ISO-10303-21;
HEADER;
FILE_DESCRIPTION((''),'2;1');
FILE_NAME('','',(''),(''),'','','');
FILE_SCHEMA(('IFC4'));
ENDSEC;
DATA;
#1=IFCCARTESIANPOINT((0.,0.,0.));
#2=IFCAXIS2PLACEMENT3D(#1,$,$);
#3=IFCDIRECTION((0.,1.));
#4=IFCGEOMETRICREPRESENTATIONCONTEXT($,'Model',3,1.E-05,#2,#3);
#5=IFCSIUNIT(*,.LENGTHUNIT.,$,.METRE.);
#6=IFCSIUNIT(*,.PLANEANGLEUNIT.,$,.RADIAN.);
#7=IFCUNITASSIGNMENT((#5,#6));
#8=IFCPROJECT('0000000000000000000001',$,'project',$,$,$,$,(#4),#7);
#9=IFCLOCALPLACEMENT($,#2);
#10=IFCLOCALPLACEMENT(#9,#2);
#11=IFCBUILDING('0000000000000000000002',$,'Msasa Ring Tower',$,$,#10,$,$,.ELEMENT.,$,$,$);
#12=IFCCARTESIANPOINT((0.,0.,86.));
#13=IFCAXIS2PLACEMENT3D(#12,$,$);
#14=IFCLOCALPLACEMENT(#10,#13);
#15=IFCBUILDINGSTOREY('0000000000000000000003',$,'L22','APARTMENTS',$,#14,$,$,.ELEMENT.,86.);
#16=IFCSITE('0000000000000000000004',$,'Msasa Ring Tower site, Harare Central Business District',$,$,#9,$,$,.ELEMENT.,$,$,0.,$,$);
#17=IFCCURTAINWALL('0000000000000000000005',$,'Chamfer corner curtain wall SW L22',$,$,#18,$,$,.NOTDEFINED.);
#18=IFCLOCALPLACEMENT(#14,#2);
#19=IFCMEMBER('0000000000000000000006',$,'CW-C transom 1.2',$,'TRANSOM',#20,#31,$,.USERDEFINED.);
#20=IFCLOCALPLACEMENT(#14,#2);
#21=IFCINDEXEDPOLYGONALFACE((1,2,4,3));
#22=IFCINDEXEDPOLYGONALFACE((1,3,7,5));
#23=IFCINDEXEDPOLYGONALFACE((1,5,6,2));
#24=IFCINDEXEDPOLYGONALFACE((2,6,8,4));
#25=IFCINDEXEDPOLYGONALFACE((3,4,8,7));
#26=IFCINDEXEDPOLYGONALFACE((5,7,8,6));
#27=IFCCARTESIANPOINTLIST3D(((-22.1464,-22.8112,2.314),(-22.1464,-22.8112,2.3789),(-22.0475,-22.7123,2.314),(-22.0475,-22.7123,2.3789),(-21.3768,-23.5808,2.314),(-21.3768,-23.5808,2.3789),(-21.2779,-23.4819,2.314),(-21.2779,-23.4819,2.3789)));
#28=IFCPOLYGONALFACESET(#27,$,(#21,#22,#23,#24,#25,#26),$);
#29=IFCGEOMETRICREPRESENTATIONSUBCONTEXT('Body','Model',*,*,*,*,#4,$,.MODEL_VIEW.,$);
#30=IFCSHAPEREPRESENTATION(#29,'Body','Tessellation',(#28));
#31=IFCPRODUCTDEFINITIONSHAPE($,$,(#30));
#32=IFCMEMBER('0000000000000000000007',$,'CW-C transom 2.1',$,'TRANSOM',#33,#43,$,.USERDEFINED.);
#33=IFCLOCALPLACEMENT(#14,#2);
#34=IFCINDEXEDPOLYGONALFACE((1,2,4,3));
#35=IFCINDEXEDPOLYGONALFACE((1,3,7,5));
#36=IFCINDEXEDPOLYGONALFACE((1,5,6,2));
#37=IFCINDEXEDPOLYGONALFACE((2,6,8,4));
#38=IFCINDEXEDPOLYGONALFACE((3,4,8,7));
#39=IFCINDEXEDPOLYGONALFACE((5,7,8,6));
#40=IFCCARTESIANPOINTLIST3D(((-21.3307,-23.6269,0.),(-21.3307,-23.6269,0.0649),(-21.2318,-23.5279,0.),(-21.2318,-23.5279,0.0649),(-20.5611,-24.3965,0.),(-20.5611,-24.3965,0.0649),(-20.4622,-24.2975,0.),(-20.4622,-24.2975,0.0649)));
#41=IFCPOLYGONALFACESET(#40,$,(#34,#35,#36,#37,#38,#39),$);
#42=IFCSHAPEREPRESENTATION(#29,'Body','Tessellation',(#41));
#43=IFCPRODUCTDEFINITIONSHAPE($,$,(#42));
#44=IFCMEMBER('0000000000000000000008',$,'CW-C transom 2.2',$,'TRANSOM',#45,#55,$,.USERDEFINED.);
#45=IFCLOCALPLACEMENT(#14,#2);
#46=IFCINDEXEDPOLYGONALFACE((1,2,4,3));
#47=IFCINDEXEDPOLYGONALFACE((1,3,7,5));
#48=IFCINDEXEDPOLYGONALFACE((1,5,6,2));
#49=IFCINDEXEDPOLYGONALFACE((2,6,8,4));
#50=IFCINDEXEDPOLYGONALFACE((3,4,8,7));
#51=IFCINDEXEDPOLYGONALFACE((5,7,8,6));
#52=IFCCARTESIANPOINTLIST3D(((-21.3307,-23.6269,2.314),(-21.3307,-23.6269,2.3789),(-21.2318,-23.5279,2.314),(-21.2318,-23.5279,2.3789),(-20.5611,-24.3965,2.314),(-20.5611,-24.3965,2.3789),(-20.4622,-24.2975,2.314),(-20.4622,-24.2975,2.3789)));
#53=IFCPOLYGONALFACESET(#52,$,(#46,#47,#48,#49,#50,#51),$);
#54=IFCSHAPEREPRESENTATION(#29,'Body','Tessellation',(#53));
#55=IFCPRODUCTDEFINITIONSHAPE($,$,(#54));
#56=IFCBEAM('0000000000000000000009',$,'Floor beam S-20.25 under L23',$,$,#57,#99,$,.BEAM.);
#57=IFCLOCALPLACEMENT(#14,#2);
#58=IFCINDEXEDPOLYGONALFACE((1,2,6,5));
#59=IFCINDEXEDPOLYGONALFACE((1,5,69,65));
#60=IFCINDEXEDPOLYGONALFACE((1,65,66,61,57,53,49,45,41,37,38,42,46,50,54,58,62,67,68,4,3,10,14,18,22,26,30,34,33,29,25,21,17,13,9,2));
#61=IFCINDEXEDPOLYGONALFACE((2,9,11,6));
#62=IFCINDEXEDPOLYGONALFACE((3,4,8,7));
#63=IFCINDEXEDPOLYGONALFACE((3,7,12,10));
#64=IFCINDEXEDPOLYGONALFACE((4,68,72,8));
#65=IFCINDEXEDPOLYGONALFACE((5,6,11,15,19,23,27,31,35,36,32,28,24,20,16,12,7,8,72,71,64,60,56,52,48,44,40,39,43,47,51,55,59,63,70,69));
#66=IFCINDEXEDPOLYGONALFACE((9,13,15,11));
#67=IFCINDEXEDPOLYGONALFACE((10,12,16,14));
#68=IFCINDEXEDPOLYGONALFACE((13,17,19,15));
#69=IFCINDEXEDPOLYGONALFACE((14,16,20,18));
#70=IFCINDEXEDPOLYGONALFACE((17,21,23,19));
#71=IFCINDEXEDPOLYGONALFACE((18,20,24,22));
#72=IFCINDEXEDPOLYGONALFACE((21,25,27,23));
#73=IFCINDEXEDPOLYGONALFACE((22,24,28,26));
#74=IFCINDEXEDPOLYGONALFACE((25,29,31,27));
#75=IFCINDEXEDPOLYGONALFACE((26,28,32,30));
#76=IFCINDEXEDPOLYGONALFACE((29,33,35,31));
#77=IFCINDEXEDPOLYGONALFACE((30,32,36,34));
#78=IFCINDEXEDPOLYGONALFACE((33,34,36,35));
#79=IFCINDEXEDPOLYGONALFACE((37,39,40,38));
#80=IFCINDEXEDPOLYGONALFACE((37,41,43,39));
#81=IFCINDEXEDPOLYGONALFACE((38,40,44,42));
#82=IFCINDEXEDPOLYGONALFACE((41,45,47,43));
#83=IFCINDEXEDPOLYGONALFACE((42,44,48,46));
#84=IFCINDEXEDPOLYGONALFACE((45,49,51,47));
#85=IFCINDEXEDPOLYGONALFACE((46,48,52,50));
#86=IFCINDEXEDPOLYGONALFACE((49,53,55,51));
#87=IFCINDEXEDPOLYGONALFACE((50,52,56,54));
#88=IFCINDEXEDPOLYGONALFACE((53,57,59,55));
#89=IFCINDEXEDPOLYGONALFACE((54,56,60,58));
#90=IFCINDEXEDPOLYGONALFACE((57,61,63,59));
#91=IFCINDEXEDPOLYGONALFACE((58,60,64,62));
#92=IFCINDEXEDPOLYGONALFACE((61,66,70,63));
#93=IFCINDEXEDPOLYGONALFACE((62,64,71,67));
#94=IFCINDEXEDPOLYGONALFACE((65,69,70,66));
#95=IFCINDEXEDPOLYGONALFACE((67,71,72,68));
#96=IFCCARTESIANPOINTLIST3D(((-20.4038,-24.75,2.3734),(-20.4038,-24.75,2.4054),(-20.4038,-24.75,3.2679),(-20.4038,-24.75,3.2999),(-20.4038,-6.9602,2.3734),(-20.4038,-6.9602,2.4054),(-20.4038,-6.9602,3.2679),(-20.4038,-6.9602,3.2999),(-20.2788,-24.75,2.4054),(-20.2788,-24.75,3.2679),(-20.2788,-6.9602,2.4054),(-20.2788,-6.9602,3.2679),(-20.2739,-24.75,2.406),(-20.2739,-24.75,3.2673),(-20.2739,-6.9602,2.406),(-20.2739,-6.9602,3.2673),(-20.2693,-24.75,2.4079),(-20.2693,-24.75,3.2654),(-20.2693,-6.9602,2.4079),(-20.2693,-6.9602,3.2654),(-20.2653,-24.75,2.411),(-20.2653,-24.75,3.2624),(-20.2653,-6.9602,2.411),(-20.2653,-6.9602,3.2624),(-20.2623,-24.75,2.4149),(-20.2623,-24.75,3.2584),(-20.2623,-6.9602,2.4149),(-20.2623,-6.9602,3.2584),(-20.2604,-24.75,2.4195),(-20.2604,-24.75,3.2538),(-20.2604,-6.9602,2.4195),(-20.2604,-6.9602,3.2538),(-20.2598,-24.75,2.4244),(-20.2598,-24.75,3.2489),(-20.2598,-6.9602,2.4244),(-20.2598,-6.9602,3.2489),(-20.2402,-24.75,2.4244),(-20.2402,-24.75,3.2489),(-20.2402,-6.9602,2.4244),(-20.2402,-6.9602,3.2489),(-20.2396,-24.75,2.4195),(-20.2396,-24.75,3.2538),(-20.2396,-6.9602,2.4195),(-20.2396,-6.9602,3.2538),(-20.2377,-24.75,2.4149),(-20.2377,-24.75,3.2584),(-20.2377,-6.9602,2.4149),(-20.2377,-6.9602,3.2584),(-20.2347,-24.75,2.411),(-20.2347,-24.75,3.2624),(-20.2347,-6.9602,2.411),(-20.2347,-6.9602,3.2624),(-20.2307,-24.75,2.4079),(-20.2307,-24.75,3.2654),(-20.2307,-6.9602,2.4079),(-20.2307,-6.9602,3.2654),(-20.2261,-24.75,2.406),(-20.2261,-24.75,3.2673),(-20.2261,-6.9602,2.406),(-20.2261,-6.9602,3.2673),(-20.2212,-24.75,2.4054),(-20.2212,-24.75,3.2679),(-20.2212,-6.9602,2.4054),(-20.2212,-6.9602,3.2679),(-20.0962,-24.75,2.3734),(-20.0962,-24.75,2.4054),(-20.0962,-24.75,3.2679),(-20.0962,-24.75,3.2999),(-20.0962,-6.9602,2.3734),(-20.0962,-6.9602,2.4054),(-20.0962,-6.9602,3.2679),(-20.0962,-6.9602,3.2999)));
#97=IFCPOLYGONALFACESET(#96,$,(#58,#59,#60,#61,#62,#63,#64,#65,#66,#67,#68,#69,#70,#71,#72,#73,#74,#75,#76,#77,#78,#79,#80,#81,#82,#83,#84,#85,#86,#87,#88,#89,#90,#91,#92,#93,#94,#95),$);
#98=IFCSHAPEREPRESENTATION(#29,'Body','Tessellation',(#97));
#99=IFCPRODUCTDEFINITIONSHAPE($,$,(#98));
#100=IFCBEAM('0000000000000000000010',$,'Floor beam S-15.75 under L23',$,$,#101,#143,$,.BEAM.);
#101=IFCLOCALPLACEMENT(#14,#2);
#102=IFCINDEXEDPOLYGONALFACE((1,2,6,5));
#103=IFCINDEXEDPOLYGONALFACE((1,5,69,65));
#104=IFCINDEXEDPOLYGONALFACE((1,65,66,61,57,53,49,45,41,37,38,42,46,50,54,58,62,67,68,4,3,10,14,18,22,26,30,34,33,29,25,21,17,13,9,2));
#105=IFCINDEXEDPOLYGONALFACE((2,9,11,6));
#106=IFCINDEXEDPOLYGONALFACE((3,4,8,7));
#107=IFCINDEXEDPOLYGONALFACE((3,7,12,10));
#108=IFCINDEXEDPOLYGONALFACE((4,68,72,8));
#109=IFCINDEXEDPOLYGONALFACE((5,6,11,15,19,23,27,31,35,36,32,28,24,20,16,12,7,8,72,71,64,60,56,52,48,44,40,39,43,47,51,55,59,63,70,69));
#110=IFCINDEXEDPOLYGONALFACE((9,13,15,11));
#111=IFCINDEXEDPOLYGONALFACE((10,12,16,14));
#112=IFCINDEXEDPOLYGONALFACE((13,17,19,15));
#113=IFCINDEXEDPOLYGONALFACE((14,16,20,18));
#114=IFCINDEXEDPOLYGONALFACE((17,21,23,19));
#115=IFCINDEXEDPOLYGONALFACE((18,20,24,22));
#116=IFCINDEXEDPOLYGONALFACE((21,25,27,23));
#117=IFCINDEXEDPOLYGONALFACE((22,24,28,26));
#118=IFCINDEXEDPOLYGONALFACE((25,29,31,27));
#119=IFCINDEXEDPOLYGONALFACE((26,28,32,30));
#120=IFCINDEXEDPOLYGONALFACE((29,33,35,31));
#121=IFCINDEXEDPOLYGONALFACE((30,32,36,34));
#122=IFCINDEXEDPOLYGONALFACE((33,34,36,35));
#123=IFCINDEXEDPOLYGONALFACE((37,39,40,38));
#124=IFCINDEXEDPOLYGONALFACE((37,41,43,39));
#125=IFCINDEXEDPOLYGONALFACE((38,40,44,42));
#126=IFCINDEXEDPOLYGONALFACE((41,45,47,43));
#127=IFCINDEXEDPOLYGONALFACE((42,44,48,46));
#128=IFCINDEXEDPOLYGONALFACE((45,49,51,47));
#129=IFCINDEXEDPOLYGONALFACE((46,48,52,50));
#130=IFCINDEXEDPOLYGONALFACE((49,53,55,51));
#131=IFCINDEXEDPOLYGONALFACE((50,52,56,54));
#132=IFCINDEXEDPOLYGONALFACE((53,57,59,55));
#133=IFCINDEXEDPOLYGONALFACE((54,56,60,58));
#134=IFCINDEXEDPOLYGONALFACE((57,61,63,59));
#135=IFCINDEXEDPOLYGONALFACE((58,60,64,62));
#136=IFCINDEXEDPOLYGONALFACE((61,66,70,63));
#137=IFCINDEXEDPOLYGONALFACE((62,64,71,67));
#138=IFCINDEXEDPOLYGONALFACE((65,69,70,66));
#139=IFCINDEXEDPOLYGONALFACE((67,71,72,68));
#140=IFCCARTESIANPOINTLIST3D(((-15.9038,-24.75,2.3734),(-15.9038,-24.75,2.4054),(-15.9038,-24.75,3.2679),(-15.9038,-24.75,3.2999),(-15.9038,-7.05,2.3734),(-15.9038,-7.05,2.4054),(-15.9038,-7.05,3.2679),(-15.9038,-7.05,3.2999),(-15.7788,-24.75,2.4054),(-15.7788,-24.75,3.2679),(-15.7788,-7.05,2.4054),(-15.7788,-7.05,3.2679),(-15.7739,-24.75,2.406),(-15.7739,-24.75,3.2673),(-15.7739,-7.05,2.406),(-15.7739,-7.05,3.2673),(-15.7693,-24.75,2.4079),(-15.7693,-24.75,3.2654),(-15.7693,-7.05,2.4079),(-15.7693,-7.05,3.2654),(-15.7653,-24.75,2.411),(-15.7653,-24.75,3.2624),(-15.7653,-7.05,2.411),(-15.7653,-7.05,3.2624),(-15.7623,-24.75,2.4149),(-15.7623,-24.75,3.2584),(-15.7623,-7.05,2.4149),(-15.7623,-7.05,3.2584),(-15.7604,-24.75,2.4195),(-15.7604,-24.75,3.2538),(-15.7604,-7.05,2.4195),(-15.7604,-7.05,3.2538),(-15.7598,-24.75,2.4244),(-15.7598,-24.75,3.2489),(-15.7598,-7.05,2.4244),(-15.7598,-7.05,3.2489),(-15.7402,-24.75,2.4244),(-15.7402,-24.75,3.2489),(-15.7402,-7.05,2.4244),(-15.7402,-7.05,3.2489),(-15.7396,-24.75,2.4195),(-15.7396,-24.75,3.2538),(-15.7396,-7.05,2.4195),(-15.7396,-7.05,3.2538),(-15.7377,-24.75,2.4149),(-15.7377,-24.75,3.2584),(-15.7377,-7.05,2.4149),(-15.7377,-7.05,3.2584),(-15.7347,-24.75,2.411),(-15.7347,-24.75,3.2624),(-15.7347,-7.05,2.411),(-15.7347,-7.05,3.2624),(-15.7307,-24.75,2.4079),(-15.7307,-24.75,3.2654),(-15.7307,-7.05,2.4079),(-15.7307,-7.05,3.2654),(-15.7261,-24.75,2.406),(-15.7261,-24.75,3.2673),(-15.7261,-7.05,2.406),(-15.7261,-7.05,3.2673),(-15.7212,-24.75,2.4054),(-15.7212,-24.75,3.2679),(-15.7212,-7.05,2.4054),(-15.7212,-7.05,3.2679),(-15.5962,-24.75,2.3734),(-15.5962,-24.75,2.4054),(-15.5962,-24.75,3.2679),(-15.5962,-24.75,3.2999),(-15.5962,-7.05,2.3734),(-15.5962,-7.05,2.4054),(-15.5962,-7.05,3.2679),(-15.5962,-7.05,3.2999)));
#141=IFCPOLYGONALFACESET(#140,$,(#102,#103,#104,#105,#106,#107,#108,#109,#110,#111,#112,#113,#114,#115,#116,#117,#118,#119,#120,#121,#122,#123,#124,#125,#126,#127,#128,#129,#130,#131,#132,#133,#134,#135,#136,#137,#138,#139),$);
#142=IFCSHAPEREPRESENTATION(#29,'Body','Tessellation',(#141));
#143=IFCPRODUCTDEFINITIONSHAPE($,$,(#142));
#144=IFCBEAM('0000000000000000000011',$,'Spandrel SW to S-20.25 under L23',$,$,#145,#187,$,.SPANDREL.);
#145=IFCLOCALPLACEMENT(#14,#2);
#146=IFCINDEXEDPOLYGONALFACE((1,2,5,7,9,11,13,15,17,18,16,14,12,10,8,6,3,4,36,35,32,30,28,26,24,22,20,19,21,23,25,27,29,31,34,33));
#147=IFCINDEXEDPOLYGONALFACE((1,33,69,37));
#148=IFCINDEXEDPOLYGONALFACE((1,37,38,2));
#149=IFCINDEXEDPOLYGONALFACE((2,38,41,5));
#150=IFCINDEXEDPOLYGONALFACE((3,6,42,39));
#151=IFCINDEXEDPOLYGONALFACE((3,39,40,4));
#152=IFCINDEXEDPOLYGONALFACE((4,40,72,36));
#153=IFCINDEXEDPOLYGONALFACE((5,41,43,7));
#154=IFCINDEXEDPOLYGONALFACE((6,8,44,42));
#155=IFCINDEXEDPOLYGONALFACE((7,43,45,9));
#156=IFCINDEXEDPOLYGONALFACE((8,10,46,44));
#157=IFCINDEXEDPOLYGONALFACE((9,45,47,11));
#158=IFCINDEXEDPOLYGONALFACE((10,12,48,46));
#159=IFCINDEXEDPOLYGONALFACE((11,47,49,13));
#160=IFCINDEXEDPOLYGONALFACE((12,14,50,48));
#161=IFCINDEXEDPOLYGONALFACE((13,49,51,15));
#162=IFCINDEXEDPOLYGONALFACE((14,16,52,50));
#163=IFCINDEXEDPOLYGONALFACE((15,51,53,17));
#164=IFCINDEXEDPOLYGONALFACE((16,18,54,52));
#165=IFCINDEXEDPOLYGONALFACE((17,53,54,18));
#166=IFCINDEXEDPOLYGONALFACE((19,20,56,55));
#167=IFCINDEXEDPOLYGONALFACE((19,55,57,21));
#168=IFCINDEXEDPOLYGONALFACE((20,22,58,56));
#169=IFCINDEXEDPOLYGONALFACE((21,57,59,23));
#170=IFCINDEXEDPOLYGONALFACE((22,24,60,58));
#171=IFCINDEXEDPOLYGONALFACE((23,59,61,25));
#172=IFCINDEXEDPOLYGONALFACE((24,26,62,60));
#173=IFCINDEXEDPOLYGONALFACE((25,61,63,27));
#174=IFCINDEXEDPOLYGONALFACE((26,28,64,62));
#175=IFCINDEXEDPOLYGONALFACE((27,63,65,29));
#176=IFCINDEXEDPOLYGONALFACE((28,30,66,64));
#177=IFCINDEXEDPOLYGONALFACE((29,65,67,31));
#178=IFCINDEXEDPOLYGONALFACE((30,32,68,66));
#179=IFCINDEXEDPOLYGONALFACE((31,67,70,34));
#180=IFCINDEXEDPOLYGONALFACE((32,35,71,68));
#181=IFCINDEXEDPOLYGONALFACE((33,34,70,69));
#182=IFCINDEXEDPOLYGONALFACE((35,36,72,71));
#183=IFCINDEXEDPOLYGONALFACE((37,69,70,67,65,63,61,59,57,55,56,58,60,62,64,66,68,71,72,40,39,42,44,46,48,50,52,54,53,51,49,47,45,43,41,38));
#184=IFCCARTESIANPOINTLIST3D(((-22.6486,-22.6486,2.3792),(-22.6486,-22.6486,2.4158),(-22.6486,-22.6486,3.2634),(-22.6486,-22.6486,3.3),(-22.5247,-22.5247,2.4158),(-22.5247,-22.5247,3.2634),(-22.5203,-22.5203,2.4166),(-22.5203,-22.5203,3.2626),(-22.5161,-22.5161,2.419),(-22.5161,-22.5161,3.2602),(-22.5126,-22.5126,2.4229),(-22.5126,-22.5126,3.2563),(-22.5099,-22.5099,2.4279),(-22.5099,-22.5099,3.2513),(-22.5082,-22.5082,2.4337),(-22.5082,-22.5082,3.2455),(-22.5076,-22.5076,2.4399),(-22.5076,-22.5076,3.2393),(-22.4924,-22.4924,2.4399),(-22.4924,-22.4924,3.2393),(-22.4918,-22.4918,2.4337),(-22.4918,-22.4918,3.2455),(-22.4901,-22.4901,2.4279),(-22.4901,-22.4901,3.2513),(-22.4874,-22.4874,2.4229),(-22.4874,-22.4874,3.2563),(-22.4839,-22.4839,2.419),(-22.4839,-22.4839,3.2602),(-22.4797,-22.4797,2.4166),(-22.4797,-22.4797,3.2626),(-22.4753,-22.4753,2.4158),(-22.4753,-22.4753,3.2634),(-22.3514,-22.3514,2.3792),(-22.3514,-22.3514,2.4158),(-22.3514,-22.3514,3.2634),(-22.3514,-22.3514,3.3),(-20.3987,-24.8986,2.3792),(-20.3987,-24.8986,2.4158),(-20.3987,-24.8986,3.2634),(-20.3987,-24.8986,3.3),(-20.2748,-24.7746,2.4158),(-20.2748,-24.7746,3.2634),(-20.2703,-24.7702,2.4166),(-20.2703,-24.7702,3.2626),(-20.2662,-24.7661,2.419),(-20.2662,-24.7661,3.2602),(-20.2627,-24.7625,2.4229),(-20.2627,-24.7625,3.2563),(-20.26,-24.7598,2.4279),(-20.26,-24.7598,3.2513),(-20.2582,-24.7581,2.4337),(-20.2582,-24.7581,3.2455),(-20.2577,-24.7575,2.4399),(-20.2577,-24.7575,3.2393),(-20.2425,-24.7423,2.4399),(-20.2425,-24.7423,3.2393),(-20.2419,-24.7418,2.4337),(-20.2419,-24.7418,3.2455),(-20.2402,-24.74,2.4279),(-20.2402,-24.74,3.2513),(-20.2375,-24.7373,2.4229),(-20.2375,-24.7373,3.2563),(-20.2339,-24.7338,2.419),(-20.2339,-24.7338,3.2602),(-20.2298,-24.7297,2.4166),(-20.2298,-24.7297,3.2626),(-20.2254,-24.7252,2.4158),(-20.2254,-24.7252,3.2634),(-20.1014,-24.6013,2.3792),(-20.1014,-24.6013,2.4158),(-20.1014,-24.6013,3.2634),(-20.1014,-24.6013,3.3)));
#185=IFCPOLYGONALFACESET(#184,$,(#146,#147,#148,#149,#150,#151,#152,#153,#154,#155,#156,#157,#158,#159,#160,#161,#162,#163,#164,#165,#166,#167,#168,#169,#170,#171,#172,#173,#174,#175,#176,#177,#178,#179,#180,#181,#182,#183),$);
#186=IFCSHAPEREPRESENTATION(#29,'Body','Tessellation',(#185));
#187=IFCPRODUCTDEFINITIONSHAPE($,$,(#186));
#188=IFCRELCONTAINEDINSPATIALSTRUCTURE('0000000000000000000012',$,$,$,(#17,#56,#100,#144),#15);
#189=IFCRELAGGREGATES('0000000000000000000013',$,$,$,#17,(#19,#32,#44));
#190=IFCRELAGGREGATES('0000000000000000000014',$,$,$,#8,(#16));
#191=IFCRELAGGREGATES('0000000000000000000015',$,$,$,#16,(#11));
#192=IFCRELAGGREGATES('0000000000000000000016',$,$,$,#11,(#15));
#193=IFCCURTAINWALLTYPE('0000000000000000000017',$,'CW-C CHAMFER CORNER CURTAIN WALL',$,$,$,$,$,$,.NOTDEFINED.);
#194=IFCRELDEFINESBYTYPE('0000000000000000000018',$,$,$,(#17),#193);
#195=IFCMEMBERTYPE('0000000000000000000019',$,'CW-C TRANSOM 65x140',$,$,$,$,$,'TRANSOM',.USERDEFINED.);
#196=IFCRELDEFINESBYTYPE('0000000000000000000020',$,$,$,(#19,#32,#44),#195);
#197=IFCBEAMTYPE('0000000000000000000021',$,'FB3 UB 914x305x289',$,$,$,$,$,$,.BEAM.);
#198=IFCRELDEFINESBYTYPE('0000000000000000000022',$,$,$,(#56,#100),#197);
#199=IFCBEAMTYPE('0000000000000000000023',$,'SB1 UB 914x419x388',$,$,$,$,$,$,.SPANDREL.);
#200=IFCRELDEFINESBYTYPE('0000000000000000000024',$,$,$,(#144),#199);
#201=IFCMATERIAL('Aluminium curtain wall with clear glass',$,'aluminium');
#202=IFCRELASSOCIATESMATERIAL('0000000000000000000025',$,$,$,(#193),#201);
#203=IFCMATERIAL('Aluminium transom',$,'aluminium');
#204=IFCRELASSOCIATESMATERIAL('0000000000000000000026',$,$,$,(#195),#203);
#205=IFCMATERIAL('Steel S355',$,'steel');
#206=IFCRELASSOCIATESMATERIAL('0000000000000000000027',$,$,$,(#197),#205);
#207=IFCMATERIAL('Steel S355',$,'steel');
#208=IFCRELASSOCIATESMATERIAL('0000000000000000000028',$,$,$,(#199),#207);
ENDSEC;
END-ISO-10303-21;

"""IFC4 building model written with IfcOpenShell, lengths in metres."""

from ifc_helpers import new_model, si_unit, direction, frame, origin, origin_2d, place, context, subcontext, project, spatial, rectangle, i_section, extrude, material, material_profile, profile_set, type_object, element, aggregate, save


model = new_model("IFC4")

# Units and contexts
model_context = context("Model", 3, precision=1e-05, world=origin(), true_north=direction((0.0, 1.0)))
body_context = subcontext(model_context, "Body", "Model", "MODEL_VIEW")
ifc_project = project(units=[si_unit("LENGTHUNIT", "METRE"), si_unit("PLANEANGLEUNIT", "RADIAN")], contexts=[model_context])

# Site, building, storey
site_placement = place(None, origin())
site = spatial("IfcSite", under=ifc_project, at=site_placement, Name="Msasa Ring Tower site, Harare Central Business District", CompositionType="ELEMENT", RefElevation=0.0)
building_placement = place(site_placement, origin())
building = spatial("IfcBuilding", under=site, at=building_placement, Name="Msasa Ring Tower", CompositionType="ELEMENT")
storey_placement = place(building_placement, frame((0.0, 0.0, 86.0)))
storey = spatial("IfcBuildingStorey", under=building, at=storey_placement, Name="L22", Description="APARTMENTS", CompositionType="ELEMENT", Elevation=86.0)

# Curtain wall
ifc_material_1 = material(Name="Aluminium curtain wall with clear glass", Category="aluminium")
curtain_wall_type = type_object("IfcCurtainWallType", Name="CW-C CHAMFER CORNER CURTAIN WALL", PredefinedType="NOTDEFINED", material=ifc_material_1)
curtain_wall_1_placement = place(storey_placement, origin())
curtain_wall_1 = element("IfcCurtainWall", 1, at=curtain_wall_1_placement, inside=storey, type_object=curtain_wall_type, Name="Chamfer corner curtain wall SW L22", PredefinedType="NOTDEFINED")

# Members
ifc_material_2 = material(Name="Aluminium transom", Category="aluminium")
ifc_material_profile_1 = material_profile(ifc_material_2, rectangle(XDim=0.1399, YDim=0.0649, at=origin_2d()), Name="AL 65x140")
ifc_profile_set_1 = profile_set([ifc_material_profile_1], Name="Aluminium transom")
member_type_1 = type_object("IfcMemberType", Name="CW-C TRANSOM 65x140", ElementType="TRANSOM", PredefinedType="USERDEFINED", material=ifc_profile_set_1)
member_1_placement = place(storey_placement, frame((-22.0969, -22.7617, 2.3464), z_axis=(0.707107, -0.707107, 0.0), x_axis=(0.707107, 0.707107, 0.0)))
member_1 = element("IfcMember", 2, at=member_1_placement, type_object=member_type_1, Name="CW-C transom 1.2", ObjectType="TRANSOM", PredefinedType="USERDEFINED", context=body_context, shape_type="SweptSolid", body=[
    extrude(rectangle(XDim=0.1399, YDim=0.0649, at=origin_2d()), origin(), (0.0, 0.0, 1.0), 1.0884),
])
member_2_placement = place(storey_placement, frame((-21.2812, -23.5774, 0.0325), z_axis=(0.707107, -0.707107, 0.0), x_axis=(0.707107, 0.707107, 0.0)))
member_2 = element("IfcMember", 3, at=member_2_placement, type_object=member_type_1, Name="CW-C transom 2.1", ObjectType="TRANSOM", PredefinedType="USERDEFINED", context=body_context, shape_type="SweptSolid", body=[
    extrude(rectangle(XDim=0.1399, YDim=0.0649, at=origin_2d()), origin(), (0.0, 0.0, 1.0), 1.0884),
])
member_3_placement = place(storey_placement, frame((-21.2812, -23.5774, 2.3464), z_axis=(0.707107, -0.707107, 0.0), x_axis=(0.707107, 0.707107, 0.0)))
member_3 = element("IfcMember", 4, at=member_3_placement, type_object=member_type_1, Name="CW-C transom 2.2", ObjectType="TRANSOM", PredefinedType="USERDEFINED", context=body_context, shape_type="SweptSolid", body=[
    extrude(rectangle(XDim=0.1399, YDim=0.0649, at=origin_2d()), origin(), (0.0, 0.0, 1.0), 1.0884),
])

# Beams
ifc_material_3 = material(Name="Steel S355", Category="steel")
ifc_material_profile_2 = material_profile(ifc_material_3, i_section(OverallWidth=0.3076, OverallDepth=0.9265, WebThickness=0.0195, FlangeThickness=0.032, FilletRadius=0.019, at=origin_2d()), Name="UB 914x305x289")
ifc_profile_set_2 = profile_set([ifc_material_profile_2], Name="Steel S355")
beam_type_1 = type_object("IfcBeamType", Name="FB3 UB 914x305x289", PredefinedType="BEAM", material=ifc_profile_set_2)
beam_1_placement = place(storey_placement, frame((-20.25, -24.75, 2.8367), z_axis=(0.0, 1.0, 0.0), x_axis=(-1.0, 0.0, 0.0)))
element("IfcBeam", 5, at=beam_1_placement, inside=storey, type_object=beam_type_1, Name="Floor beam S-20.25 under L23", PredefinedType="BEAM", context=body_context, shape_type="SweptSolid", body=[
    extrude(i_section(OverallWidth=0.3076, OverallDepth=0.9265, WebThickness=0.0195, FlangeThickness=0.032, FilletRadius=0.019, at=origin_2d()), origin(), (0.0, 0.0, 1.0), 17.7898),
])
beam_2_placement = place(storey_placement, frame((-15.75, -24.75, 2.8367), z_axis=(0.0, 1.0, 0.0), x_axis=(-1.0, 0.0, 0.0)))
element("IfcBeam", 6, at=beam_2_placement, inside=storey, type_object=beam_type_1, Name="Floor beam S-15.75 under L23", PredefinedType="BEAM", context=body_context, shape_type="SweptSolid", body=[
    extrude(i_section(OverallWidth=0.3076, OverallDepth=0.9265, WebThickness=0.0195, FlangeThickness=0.032, FilletRadius=0.019, at=origin_2d()), origin(), (0.0, 0.0, 1.0), 17.7),
])
ifc_material_4 = material(Name="Steel S355", Category="steel")
ifc_material_profile_3 = material_profile(ifc_material_4, i_section(OverallWidth=0.4204, OverallDepth=0.9209, WebThickness=0.0215, FlangeThickness=0.0366, FilletRadius=0.0242, at=origin_2d()), Name="UB 914x419x388")
ifc_profile_set_3 = profile_set([ifc_material_profile_3], Name="Steel S355")
beam_type_2 = type_object("IfcBeamType", Name="SB1 UB 914x419x388", PredefinedType="SPANDREL", material=ifc_profile_set_3)
beam_3_placement = place(storey_placement, frame((-22.5, -22.5, 2.8396), z_axis=(0.707107, -0.707107, 0.0), x_axis=(0.707107, 0.707107, 0.0)))
element("IfcBeam", 7, at=beam_3_placement, inside=storey, type_object=beam_type_2, Name="Spandrel SW to S-20.25 under L23", PredefinedType="SPANDREL", context=body_context, shape_type="SweptSolid", body=[
    extrude(i_section(OverallWidth=0.4204, OverallDepth=0.9209, WebThickness=0.0215, FlangeThickness=0.0366, FilletRadius=0.0242, at=origin_2d()), origin(), (0.0, 0.0, 1.0), 3.1819),
])

aggregate(curtain_wall_1, [member_1, member_2, member_3])

save(model, "model.ifc")
